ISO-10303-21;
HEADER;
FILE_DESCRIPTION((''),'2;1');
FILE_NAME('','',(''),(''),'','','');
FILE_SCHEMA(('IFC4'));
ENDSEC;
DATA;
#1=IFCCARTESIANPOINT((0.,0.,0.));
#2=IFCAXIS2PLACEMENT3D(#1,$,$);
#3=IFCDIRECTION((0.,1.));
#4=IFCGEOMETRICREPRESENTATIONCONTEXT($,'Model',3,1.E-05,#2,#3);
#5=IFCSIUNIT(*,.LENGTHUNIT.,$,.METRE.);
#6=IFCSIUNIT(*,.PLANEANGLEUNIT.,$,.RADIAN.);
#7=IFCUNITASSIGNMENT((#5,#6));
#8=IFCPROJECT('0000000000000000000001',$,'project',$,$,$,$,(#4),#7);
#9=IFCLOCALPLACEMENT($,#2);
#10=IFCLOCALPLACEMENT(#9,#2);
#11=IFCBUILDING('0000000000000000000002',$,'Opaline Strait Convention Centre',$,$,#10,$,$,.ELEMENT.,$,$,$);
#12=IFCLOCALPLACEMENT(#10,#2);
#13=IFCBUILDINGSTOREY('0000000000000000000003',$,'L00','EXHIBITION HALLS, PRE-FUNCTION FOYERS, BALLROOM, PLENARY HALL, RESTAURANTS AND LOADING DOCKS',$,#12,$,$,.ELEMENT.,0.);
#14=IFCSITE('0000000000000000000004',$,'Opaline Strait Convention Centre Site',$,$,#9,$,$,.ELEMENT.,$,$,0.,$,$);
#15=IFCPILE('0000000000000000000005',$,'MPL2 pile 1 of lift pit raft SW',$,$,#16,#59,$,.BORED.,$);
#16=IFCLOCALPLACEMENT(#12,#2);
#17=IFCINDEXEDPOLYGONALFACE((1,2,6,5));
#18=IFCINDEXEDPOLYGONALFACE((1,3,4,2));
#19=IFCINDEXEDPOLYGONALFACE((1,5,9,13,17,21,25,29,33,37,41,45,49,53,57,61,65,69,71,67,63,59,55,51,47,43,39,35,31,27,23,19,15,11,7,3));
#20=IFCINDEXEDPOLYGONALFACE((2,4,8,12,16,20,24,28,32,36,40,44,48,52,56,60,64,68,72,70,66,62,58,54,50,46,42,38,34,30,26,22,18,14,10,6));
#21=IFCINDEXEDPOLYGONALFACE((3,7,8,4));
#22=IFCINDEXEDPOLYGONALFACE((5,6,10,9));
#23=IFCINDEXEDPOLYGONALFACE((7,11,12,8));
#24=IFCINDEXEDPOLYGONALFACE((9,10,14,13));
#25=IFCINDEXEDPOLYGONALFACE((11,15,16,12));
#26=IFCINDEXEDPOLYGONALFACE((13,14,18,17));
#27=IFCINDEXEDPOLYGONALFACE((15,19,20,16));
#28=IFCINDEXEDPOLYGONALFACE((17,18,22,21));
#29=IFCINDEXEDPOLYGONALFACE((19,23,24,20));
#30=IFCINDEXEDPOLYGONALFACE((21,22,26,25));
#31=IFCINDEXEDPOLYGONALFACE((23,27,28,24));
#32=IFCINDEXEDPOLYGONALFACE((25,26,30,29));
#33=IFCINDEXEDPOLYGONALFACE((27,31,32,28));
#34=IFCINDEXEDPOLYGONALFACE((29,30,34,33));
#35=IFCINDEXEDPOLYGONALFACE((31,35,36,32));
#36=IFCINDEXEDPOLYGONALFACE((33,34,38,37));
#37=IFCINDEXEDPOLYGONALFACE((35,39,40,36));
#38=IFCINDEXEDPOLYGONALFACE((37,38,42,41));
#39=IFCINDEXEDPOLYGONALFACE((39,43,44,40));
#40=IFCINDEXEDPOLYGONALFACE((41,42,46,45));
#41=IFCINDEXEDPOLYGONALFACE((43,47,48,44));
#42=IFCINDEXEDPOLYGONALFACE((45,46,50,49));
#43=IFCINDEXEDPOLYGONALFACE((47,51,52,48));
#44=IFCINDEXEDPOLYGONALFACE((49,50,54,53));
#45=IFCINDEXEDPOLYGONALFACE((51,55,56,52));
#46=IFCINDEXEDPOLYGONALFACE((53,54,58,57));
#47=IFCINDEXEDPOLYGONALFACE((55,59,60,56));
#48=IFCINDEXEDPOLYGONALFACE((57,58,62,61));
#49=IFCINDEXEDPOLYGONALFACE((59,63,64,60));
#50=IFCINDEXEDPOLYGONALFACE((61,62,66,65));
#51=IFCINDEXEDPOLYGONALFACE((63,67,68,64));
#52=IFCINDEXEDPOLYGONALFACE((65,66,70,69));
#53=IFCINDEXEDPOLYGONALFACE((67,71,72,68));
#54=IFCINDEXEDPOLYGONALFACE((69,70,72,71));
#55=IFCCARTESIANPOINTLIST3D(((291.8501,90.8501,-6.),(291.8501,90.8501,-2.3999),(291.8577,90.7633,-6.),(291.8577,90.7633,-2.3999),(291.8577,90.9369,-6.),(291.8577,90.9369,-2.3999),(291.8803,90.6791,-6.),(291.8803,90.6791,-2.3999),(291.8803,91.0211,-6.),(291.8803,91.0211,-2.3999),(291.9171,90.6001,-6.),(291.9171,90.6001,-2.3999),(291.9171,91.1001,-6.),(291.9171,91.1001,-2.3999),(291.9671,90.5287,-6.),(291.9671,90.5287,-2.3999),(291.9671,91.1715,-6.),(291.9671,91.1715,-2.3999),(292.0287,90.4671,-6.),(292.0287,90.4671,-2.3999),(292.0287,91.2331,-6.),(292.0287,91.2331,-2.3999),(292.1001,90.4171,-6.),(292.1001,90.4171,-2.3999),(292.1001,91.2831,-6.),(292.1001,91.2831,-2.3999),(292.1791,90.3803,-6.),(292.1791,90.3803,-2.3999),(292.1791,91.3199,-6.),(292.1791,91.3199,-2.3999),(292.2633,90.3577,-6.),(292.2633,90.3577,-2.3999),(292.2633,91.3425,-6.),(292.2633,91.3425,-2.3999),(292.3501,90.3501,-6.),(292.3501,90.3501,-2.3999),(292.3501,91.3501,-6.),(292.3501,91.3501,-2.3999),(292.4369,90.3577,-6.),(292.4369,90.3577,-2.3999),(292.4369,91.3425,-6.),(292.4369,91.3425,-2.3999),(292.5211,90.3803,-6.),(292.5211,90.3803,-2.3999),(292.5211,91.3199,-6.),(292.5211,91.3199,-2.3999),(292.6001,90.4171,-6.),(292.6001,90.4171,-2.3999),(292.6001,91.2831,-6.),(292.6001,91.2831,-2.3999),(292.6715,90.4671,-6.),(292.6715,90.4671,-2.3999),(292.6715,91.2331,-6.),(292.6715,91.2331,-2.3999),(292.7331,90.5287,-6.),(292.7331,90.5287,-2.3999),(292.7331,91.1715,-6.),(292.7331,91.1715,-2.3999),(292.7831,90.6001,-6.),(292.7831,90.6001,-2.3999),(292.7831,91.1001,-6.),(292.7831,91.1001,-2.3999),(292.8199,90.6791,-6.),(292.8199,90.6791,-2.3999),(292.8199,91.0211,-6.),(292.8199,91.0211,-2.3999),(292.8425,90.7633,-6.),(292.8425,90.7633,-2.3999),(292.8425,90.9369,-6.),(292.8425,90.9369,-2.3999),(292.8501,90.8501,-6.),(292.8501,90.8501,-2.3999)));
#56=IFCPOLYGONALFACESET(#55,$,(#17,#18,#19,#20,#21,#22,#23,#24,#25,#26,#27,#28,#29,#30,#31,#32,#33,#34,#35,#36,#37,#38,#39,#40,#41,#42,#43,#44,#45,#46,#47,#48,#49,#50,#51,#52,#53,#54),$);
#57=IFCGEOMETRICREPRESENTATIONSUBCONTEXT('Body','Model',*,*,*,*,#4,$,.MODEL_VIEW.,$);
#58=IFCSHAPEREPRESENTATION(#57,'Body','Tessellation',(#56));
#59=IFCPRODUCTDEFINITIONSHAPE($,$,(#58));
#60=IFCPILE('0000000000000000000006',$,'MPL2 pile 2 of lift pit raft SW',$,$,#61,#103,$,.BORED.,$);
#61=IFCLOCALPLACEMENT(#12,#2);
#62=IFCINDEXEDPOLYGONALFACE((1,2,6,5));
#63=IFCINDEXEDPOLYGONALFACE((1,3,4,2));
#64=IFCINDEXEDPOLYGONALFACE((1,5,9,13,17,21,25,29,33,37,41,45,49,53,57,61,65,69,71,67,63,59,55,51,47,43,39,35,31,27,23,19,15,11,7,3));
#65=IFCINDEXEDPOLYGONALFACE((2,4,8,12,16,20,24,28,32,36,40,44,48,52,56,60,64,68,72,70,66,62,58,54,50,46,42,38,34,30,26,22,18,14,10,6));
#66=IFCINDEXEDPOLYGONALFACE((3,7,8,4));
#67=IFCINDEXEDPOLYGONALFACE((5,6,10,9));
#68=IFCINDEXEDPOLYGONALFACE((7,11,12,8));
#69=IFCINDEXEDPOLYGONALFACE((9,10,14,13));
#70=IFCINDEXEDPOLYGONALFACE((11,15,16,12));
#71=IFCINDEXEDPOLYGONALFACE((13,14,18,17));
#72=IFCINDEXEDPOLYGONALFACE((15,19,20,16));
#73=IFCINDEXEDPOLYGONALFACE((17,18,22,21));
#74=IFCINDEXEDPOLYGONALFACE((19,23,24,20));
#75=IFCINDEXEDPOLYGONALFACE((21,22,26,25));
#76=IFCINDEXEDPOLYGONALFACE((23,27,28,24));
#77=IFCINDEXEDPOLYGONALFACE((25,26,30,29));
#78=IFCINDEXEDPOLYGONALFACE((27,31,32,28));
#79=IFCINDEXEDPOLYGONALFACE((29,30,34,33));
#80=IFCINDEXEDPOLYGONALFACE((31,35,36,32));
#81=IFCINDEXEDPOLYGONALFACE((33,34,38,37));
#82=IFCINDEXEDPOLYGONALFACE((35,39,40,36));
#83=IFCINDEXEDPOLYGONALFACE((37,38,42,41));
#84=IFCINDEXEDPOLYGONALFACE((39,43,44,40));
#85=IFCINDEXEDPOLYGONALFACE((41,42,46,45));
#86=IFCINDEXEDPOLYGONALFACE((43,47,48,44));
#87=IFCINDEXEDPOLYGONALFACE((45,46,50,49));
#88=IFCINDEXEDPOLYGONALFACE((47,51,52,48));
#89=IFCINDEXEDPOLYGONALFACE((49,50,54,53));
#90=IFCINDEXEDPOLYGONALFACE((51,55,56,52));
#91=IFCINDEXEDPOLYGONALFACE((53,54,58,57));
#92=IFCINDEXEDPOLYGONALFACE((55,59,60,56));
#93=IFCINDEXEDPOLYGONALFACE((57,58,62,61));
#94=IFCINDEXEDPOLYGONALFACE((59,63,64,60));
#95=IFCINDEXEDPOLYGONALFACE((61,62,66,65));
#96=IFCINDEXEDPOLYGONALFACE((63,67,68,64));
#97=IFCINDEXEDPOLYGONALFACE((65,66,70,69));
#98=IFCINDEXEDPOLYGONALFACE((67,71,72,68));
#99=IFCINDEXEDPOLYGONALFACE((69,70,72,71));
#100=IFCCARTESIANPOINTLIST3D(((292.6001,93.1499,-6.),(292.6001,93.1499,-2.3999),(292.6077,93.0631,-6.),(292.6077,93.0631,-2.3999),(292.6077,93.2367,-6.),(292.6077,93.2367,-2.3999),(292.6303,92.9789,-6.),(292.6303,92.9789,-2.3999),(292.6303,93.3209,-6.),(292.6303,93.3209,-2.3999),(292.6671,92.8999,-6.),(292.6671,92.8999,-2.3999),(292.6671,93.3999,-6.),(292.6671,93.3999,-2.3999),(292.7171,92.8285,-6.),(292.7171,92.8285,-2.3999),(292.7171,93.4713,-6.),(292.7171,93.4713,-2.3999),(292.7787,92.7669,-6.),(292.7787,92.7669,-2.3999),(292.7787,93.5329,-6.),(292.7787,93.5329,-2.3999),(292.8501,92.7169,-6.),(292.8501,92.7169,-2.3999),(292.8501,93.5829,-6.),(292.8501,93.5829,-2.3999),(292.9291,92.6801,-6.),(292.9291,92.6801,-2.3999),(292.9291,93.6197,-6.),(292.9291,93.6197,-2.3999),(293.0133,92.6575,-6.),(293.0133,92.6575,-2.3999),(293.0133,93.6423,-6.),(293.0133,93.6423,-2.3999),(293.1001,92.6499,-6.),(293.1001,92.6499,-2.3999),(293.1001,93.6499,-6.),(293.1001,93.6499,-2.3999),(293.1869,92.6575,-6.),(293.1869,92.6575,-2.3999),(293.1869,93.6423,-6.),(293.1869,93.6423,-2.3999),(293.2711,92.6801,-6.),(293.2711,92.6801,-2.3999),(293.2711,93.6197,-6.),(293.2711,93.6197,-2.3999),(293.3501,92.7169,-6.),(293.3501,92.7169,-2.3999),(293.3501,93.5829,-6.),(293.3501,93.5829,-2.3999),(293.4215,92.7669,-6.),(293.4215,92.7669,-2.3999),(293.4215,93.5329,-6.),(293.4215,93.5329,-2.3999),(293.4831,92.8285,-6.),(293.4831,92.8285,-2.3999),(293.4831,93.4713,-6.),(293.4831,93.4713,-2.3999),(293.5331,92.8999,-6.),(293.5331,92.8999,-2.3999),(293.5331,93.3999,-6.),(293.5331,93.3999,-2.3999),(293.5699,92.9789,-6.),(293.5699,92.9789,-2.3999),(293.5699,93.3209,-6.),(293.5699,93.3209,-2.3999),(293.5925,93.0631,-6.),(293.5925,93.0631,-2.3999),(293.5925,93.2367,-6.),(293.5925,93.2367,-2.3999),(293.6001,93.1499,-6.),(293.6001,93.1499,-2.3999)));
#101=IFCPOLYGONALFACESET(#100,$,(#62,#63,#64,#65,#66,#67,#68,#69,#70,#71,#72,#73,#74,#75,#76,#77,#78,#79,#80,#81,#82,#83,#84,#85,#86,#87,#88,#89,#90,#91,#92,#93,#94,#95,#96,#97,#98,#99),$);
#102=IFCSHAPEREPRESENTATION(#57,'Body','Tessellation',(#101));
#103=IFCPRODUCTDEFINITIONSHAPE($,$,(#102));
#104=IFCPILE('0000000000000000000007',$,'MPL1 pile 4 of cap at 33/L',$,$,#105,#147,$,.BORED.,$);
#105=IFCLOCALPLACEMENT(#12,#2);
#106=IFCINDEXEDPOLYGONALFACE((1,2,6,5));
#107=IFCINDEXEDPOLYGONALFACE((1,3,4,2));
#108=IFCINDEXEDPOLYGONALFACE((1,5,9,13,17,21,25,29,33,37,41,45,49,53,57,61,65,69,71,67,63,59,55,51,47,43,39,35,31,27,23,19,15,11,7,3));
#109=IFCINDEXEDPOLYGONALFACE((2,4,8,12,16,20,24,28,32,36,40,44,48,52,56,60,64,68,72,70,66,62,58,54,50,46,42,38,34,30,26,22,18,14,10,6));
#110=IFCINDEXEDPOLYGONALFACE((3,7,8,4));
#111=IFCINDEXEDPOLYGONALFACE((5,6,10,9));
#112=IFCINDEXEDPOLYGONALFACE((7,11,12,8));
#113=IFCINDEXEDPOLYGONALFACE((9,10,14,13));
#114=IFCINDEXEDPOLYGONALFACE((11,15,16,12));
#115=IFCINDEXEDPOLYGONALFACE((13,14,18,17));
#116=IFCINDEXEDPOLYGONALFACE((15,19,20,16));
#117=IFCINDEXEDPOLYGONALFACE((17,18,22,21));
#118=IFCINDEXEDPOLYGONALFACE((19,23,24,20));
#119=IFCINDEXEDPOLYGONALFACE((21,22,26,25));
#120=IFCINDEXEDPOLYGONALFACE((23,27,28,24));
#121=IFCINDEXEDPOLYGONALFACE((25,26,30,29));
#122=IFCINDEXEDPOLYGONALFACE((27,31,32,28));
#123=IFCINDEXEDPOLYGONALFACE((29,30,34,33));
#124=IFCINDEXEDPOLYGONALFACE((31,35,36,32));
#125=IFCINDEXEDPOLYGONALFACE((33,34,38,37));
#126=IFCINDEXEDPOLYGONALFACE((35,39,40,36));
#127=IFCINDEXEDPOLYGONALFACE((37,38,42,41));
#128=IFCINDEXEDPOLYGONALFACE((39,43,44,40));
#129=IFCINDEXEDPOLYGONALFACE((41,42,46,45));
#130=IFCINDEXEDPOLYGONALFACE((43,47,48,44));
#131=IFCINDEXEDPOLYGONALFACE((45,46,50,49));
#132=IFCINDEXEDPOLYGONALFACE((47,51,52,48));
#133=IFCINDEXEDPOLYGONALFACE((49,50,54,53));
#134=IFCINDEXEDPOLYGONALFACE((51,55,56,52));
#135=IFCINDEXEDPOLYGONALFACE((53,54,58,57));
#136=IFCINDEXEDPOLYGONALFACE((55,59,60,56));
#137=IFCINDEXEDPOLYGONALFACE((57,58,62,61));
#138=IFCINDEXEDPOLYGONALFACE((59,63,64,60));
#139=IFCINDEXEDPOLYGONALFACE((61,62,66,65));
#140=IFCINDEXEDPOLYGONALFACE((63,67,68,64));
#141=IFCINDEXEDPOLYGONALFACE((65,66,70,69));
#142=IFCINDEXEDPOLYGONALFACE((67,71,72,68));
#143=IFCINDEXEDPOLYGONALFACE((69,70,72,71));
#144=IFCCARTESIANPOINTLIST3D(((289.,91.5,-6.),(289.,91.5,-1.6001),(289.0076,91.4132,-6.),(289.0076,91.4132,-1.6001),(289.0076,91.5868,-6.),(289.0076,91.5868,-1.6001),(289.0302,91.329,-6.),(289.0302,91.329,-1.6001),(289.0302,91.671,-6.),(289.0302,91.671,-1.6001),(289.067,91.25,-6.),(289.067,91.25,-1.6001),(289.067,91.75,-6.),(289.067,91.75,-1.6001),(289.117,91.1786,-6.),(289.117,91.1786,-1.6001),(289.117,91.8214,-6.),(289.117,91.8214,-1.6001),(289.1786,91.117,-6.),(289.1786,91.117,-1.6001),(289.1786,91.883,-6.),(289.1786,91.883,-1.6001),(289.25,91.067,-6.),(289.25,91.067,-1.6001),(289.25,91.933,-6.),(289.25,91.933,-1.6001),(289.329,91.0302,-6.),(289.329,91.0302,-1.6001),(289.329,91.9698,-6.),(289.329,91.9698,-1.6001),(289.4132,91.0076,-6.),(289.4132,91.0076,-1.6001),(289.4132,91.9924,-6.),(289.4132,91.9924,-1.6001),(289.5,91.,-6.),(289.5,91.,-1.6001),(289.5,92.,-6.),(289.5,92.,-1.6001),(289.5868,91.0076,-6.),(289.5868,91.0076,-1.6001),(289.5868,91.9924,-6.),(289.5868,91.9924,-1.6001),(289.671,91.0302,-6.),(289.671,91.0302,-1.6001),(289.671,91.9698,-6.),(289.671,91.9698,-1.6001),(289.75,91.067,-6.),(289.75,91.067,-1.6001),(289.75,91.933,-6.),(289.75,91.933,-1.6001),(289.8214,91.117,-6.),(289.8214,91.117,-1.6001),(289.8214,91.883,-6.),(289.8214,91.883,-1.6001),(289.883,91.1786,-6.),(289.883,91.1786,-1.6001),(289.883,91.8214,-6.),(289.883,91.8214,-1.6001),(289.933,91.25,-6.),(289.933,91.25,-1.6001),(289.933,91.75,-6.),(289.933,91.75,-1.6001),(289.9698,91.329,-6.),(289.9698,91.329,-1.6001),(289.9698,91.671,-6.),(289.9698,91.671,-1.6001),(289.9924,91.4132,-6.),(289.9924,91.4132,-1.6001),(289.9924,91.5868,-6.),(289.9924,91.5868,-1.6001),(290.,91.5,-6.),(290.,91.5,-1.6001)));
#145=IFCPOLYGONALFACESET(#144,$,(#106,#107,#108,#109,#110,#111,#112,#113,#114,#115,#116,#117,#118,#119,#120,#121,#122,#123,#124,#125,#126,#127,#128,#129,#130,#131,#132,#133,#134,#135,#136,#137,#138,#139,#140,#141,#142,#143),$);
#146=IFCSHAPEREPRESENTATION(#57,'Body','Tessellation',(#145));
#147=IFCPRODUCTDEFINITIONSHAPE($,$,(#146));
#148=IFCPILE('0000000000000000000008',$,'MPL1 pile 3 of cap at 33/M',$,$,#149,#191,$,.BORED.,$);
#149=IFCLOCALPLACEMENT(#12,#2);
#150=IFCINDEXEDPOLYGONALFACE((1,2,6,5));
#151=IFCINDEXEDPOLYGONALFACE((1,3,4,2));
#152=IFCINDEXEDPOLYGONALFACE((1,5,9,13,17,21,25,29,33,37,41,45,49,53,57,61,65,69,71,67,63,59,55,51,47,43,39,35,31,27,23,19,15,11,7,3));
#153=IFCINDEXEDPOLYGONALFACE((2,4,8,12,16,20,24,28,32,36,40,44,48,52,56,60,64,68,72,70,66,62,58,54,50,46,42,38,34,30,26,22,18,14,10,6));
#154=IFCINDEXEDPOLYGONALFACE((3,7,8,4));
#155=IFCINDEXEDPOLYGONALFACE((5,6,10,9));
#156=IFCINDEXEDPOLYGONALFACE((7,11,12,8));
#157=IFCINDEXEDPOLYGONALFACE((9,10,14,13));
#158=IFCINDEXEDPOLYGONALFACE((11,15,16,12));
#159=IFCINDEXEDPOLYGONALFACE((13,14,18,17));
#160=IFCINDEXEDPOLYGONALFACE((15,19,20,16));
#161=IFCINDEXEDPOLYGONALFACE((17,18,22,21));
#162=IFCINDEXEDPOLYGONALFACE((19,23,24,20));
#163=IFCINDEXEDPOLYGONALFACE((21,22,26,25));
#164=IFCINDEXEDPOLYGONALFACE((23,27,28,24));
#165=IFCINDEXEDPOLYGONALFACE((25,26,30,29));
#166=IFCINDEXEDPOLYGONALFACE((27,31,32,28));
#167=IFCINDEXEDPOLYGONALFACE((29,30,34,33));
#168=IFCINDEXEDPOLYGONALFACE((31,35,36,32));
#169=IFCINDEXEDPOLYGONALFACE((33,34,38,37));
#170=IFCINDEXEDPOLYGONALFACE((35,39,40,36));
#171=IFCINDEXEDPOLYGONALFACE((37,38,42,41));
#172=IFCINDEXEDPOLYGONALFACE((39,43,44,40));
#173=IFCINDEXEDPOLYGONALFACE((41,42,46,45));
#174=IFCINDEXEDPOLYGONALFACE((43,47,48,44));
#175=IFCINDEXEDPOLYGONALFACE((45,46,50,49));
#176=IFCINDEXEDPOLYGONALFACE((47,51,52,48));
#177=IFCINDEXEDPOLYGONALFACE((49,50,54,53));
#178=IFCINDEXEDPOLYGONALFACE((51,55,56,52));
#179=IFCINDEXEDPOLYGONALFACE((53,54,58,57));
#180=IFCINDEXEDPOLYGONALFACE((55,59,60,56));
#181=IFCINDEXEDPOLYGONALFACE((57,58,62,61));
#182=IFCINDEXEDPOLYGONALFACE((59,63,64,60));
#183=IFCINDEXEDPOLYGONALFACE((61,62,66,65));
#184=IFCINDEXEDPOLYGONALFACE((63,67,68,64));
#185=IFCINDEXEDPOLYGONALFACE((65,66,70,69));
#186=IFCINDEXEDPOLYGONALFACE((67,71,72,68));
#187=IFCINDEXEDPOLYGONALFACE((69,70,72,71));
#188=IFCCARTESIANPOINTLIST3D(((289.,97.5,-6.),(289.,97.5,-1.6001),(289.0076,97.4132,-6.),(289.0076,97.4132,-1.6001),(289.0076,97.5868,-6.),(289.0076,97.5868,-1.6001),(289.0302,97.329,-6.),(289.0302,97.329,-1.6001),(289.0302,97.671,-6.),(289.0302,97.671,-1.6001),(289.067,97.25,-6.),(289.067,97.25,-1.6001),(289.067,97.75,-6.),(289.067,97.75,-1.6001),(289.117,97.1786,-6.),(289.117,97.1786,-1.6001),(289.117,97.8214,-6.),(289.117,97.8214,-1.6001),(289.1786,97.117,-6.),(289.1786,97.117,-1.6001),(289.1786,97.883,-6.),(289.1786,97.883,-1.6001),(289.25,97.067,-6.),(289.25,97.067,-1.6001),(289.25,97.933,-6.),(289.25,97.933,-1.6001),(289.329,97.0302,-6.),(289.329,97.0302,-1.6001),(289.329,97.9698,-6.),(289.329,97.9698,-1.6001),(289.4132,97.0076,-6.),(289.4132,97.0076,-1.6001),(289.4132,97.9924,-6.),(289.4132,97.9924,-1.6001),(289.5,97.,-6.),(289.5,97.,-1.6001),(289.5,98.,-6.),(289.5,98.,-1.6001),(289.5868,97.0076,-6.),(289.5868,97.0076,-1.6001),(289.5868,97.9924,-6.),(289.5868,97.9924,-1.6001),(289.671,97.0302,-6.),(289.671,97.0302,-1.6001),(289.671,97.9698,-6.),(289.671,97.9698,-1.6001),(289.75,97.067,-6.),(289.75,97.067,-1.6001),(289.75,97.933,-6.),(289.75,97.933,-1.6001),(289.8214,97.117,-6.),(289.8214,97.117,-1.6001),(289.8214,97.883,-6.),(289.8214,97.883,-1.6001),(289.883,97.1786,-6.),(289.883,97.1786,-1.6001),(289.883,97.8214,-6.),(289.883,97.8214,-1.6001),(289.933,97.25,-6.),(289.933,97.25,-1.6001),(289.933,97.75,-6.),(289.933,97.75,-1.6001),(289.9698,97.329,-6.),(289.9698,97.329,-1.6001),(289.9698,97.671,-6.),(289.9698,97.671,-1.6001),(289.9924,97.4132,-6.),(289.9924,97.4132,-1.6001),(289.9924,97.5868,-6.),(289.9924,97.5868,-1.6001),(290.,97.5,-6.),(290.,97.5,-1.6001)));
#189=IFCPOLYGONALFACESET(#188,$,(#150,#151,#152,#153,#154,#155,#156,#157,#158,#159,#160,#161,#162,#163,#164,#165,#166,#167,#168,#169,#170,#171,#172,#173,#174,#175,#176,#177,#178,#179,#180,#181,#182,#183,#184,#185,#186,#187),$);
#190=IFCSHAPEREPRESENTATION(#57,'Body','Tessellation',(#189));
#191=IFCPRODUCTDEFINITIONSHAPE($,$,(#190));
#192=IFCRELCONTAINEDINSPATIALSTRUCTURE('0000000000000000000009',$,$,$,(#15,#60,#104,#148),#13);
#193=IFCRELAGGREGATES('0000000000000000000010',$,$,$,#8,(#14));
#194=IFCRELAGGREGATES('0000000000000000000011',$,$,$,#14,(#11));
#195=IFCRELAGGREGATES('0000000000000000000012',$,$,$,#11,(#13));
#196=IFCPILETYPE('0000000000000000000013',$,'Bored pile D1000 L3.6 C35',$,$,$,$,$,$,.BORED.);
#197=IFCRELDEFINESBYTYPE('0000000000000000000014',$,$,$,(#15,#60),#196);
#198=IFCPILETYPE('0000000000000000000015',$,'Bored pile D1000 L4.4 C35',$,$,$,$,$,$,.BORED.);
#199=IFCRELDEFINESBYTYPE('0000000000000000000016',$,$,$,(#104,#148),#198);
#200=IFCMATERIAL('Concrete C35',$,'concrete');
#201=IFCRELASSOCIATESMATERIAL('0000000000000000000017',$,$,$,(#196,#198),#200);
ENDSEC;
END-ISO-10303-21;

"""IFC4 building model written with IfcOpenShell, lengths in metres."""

from ifc_helpers import new_model, si_unit, direction, frame, origin, origin_2d, place, context, subcontext, project, spatial, circle, extrude, material, material_profile, profile_set, type_object, element, save


model = new_model("IFC4")

# Units and contexts
model_context = context("Model", 3, precision=1e-05, world=origin(), true_north=direction((0.0, 1.0)))
body_context = subcontext(model_context, "Body", "Model", "MODEL_VIEW")
ifc_project = project(units=[si_unit("LENGTHUNIT", "METRE"), si_unit("PLANEANGLEUNIT", "RADIAN")], contexts=[model_context])

# Site, building, storey
site_placement = place(None, origin())
site = spatial("IfcSite", under=ifc_project, at=site_placement, Name="Opaline Strait Convention Centre Site", CompositionType="ELEMENT", RefElevation=0.0)
building_placement = place(site_placement, origin())
building = spatial("IfcBuilding", under=site, at=building_placement, Name="Opaline Strait Convention Centre", CompositionType="ELEMENT")
storey_placement = place(building_placement, origin())
storey = spatial("IfcBuildingStorey", under=building, at=storey_placement, Name="L00", Description="EXHIBITION HALLS, PRE-FUNCTION FOYERS, BALLROOM, PLENARY HALL, RESTAURANTS AND LOADING DOCKS", CompositionType="ELEMENT", Elevation=0.0)

# Piles
ifc_material_1 = material(Name="Concrete C35", Category="concrete")
ifc_material_profile_1 = material_profile(ifc_material_1, circle(Radius=0.5, at=origin_2d()), Name="D1000")
ifc_profile_set_1 = profile_set([ifc_material_profile_1], Name="Concrete C35")
pile_type_1 = type_object("IfcPileType", Name="Bored pile D1000 L3.6 C35", PredefinedType="BORED", material=ifc_profile_set_1)
for number, where, z_axis, x_axis, name in (
    (1, (292.3501, 90.8501, -2.3999), (0.0, 0.0, -1.0), (1.0, 0.0, 0.0), "MPL2 pile 1 of lift pit raft SW"),
    (2, (293.1001, 93.1499, -2.3999), (0.0, 0.0, -1.0), (1.0, 0.0, 0.0), "MPL2 pile 2 of lift pit raft SW"),
):
    element("IfcPile", number, at=place(storey_placement, frame(where, z_axis=z_axis, x_axis=x_axis)), inside=storey, type_object=pile_type_1, Name=name, PredefinedType="BORED", context=body_context, shape_type="SweptSolid", body=[
        extrude(circle(Radius=0.5, at=origin_2d()), origin(), (0.0, 0.0, 1.0), 3.6001),
    ])
ifc_material_profile_2 = material_profile(ifc_material_1, circle(Radius=0.5, at=origin_2d()), Name="D1000")
ifc_profile_set_2 = profile_set([ifc_material_profile_2], Name="Concrete C35")
pile_type_2 = type_object("IfcPileType", Name="Bored pile D1000 L4.4 C35", PredefinedType="BORED", material=ifc_profile_set_2)
for number, where, z_axis, x_axis, name in (
    (3, (289.5, 91.5, -1.6001), (0.0, 0.0, -1.0), (1.0, 0.0, 0.0), "MPL1 pile 4 of cap at 33/L"),
    (4, (289.5, 97.5, -1.6001), (0.0, 0.0, -1.0), (1.0, 0.0, 0.0), "MPL1 pile 3 of cap at 33/M"),
):
    element("IfcPile", number, at=place(storey_placement, frame(where, z_axis=z_axis, x_axis=x_axis)), inside=storey, type_object=pile_type_2, Name=name, PredefinedType="BORED", context=body_context, shape_type="SweptSolid", body=[
        extrude(circle(Radius=0.5, at=origin_2d()), origin(), (0.0, 0.0, 1.0), 4.3999),
    ])

save(model, "model.ifc")
